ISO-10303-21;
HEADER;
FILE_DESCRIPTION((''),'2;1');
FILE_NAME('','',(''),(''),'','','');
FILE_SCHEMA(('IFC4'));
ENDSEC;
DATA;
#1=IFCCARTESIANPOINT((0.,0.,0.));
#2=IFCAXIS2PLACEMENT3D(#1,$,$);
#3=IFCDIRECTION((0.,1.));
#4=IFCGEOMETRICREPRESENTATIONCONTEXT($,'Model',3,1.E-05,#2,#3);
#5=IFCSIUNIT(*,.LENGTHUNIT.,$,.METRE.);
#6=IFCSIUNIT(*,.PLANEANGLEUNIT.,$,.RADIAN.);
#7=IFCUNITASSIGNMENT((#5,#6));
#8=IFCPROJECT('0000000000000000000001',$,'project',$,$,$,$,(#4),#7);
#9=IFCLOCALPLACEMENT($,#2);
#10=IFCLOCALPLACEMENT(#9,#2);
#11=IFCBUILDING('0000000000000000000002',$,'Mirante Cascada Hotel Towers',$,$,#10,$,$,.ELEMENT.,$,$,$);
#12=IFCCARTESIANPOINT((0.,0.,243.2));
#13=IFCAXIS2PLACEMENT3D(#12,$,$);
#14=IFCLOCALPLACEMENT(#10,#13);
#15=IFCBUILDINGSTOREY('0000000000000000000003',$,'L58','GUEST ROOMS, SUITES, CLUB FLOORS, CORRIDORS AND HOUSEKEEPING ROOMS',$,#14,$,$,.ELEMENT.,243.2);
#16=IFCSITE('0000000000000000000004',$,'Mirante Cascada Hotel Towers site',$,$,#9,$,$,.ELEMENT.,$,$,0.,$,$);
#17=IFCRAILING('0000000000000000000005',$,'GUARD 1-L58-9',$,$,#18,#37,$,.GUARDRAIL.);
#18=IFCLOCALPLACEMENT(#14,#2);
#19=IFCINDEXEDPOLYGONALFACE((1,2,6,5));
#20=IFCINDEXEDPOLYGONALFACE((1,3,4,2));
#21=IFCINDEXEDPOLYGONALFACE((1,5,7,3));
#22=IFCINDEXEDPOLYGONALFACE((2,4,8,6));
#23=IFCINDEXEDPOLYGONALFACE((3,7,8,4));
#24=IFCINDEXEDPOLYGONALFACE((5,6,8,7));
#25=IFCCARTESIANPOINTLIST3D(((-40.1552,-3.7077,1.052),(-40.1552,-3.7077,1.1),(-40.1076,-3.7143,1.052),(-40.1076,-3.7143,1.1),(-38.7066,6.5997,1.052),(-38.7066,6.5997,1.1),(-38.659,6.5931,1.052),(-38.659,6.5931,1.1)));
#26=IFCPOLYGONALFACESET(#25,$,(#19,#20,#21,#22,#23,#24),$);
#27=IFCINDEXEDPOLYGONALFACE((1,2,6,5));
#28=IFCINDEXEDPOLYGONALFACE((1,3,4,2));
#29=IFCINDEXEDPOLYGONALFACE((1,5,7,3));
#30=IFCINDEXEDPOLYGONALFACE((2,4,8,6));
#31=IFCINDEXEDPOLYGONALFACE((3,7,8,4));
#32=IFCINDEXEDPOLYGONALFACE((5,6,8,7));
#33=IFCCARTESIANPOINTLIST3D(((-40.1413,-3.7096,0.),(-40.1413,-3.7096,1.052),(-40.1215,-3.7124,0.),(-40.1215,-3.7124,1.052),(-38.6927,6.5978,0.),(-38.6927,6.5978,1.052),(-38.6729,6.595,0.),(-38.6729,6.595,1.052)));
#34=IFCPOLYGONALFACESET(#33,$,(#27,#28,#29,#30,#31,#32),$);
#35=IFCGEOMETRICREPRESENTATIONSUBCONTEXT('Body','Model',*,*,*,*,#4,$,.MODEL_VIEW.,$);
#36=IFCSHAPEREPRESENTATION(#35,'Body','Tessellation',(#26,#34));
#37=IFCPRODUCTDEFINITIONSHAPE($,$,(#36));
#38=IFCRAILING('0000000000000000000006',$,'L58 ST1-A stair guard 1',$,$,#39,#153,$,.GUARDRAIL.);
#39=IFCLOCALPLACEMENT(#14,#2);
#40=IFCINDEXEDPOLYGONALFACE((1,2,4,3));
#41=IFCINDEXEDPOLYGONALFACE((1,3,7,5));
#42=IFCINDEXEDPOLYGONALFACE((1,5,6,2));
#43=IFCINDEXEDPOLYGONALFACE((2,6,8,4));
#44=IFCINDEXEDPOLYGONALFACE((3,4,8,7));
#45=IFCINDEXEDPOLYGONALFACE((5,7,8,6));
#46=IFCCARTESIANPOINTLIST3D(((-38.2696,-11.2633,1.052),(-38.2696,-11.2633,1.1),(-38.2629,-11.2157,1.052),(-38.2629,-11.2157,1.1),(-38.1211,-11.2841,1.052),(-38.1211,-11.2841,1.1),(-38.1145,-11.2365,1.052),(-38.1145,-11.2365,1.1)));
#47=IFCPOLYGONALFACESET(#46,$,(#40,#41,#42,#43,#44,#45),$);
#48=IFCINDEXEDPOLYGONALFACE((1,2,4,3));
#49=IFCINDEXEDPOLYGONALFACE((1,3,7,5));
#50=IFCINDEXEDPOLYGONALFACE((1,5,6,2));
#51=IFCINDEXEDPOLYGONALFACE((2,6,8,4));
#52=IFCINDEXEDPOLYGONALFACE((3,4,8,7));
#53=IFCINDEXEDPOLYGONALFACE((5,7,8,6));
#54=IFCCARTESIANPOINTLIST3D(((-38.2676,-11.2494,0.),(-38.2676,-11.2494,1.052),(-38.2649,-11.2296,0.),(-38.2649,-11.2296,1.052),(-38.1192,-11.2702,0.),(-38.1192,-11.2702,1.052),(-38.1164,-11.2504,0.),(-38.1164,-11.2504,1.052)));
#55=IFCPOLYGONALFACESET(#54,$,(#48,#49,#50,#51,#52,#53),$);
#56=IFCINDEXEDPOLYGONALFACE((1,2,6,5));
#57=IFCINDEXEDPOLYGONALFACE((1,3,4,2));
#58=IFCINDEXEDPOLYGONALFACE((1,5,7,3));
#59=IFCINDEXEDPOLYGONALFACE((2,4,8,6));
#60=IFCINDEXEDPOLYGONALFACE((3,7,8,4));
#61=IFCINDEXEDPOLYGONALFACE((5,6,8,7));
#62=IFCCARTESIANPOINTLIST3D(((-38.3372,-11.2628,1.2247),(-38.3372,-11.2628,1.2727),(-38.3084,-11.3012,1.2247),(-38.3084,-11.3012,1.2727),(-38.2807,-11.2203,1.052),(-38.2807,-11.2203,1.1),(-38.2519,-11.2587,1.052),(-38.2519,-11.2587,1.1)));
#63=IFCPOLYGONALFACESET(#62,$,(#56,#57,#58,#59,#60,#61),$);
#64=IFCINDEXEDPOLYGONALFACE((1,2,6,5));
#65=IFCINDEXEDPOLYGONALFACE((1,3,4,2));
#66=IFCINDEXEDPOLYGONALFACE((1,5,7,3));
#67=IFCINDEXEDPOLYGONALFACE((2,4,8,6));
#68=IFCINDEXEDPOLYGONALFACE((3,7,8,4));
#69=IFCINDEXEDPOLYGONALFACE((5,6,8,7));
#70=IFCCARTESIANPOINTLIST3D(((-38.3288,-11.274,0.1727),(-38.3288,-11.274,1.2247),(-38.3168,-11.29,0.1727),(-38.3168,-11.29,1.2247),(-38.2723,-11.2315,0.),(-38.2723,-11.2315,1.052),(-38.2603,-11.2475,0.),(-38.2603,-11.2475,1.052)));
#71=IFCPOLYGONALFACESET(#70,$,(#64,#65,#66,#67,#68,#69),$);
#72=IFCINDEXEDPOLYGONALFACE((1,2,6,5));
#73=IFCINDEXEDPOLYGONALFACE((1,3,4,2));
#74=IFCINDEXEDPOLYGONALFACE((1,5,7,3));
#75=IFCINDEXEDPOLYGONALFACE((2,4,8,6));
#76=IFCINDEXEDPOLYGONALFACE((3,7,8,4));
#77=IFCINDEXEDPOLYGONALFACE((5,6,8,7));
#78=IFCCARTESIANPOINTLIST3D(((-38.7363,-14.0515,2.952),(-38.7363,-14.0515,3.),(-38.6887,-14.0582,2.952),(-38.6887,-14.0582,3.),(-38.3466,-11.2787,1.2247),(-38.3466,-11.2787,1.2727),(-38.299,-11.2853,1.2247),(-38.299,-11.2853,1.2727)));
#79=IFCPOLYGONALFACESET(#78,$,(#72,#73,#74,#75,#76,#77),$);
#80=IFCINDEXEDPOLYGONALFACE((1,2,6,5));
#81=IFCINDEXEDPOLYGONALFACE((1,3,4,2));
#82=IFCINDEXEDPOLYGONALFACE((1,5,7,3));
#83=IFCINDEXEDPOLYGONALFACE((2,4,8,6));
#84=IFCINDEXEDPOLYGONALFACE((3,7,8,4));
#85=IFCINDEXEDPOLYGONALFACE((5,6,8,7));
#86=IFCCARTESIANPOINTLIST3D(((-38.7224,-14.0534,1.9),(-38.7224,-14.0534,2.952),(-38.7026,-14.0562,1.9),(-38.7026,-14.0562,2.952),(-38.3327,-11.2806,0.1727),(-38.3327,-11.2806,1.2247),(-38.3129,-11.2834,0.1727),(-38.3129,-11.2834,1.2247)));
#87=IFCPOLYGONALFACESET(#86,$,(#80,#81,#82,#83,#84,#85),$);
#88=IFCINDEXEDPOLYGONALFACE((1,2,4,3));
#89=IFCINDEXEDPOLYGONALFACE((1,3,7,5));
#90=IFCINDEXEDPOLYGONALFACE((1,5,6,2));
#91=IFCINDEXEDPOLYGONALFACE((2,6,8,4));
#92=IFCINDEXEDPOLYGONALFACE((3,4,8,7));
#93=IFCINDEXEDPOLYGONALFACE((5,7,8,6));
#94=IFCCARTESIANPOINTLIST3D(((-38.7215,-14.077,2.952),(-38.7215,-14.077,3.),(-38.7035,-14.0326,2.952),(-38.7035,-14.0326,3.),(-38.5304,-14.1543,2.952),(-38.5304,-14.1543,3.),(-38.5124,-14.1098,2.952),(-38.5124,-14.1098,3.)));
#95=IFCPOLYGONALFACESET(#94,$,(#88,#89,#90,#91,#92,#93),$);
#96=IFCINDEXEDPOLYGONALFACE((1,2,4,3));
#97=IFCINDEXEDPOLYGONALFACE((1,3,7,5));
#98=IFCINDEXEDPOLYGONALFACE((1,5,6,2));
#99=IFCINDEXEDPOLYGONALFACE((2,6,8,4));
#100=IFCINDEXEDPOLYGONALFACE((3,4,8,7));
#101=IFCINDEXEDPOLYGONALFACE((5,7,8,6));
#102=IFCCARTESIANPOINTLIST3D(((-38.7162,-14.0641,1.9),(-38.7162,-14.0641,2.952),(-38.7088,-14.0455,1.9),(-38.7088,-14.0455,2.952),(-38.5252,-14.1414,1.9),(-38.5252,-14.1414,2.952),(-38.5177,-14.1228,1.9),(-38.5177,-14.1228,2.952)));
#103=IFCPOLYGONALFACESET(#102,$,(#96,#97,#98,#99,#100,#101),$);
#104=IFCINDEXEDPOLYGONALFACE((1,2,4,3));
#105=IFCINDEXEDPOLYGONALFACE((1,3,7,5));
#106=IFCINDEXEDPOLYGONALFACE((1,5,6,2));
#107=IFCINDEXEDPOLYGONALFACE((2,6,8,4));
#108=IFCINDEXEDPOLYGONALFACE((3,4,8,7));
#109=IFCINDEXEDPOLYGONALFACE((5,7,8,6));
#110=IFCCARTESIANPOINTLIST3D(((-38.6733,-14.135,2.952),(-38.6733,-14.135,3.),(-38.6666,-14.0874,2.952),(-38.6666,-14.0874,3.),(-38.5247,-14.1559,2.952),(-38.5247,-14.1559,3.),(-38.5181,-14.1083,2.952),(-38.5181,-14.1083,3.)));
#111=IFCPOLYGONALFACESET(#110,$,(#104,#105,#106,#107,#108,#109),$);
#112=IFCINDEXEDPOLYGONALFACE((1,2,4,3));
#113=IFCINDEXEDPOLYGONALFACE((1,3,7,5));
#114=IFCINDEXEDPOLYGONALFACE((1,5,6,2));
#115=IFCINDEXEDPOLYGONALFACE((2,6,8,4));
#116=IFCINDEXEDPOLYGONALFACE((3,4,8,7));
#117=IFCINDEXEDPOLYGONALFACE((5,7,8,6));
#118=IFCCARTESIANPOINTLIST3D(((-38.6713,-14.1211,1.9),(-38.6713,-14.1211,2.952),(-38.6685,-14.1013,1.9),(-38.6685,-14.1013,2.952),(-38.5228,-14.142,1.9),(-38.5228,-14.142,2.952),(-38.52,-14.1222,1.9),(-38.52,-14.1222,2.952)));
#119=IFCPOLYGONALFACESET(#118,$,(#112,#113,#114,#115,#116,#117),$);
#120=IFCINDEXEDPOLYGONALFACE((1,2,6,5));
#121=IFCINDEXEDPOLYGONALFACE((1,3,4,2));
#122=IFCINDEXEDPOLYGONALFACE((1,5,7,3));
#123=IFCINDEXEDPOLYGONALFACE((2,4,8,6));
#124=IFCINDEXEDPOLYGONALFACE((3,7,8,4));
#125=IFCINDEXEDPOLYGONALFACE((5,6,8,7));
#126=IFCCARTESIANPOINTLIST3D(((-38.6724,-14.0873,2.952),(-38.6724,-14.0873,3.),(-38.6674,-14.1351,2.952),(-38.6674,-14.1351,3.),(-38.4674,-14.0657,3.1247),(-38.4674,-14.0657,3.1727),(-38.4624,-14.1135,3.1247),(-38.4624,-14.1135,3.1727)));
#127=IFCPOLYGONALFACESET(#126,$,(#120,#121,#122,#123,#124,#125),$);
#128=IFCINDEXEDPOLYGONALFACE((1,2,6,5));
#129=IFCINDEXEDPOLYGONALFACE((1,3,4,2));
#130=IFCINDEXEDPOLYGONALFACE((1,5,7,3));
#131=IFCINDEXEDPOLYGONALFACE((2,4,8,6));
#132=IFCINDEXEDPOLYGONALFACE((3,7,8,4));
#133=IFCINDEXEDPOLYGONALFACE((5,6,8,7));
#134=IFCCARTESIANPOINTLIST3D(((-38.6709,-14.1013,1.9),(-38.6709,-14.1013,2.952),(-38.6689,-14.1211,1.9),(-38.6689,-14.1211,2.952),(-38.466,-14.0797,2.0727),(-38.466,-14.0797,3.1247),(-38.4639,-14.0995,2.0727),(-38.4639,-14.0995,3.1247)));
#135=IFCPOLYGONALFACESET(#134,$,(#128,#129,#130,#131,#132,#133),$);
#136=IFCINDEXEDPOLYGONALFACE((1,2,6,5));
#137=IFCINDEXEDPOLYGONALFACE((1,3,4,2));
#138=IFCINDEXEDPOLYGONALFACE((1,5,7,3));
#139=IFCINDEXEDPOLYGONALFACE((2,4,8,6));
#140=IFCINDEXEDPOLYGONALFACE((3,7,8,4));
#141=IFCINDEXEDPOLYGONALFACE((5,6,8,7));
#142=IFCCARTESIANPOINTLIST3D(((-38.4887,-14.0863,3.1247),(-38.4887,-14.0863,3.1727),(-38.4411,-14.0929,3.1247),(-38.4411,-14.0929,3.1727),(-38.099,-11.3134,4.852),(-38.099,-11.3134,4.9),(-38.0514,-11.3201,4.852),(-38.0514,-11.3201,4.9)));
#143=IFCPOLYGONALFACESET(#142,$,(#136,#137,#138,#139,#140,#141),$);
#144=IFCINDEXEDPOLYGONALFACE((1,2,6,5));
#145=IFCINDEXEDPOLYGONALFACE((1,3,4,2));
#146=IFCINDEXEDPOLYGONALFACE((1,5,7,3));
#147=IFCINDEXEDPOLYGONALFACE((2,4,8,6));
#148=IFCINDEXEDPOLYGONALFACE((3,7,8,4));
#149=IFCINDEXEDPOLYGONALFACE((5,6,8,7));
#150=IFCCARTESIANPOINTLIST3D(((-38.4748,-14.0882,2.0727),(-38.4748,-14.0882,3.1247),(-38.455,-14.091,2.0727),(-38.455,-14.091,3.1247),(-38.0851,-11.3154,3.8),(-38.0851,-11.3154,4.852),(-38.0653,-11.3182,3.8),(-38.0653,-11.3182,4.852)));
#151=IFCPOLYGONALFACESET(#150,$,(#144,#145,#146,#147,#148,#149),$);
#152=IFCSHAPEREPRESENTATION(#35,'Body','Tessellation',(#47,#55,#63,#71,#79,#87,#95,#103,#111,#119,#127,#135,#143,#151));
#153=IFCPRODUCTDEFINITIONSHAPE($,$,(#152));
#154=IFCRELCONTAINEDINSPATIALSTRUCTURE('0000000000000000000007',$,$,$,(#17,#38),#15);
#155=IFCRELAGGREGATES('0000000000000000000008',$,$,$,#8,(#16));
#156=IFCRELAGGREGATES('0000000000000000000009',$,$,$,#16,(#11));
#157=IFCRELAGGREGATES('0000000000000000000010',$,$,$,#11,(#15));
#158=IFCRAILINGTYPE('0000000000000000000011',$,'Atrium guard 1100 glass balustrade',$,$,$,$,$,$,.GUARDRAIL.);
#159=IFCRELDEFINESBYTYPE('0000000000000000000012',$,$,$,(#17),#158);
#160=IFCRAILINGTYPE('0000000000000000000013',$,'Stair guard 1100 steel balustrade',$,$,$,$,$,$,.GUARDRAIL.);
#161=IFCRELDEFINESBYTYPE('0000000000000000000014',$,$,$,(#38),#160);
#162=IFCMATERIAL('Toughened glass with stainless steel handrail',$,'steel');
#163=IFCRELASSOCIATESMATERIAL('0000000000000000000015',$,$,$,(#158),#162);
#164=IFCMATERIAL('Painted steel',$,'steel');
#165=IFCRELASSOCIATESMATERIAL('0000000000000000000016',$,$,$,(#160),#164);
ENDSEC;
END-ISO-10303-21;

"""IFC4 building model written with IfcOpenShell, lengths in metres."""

from ifc_helpers import new_model, si_unit, direction, frame, origin, origin_2d, place, context, subcontext, project, spatial, rectangle, extrude, material, type_object, element, save


model = new_model("IFC4")

# Units and contexts
model_context = context("Model", 3, precision=1e-05, world=origin(), true_north=direction((0.0, 1.0)))
body_context = subcontext(model_context, "Body", "Model", "MODEL_VIEW")
ifc_project = project(units=[si_unit("LENGTHUNIT", "METRE"), si_unit("PLANEANGLEUNIT", "RADIAN")], contexts=[model_context])

# Site, building, storey
site_placement = place(None, origin())
site = spatial("IfcSite", under=ifc_project, at=site_placement, Name="Mirante Cascada Hotel Towers site", CompositionType="ELEMENT", RefElevation=0.0)
building_placement = place(site_placement, origin())
building = spatial("IfcBuilding", under=site, at=building_placement, Name="Mirante Cascada Hotel Towers", CompositionType="ELEMENT")
storey_placement = place(building_placement, frame((0.0, 0.0, 243.2)))
storey = spatial("IfcBuildingStorey", under=building, at=storey_placement, Name="L58", Description="GUEST ROOMS, SUITES, CLUB FLOORS, CORRIDORS AND HOUSEKEEPING ROOMS", CompositionType="ELEMENT", Elevation=243.2)

# Railings
ifc_material_1 = material(Name="Toughened glass with stainless steel handrail", Category="steel")
railing_type_1 = type_object("IfcRailingType", Name="Atrium guard 1100 glass balustrade", PredefinedType="GUARDRAIL", material=ifc_material_1)
railing_1_placement = place(storey_placement, frame((-40.1314, -3.711, 0.0)))
element("IfcRailing", 1, at=railing_1_placement, inside=storey, type_object=railing_type_1, Name="GUARD 1-L58-9", PredefinedType="GUARDRAIL", context=body_context, shape_type="SweptSolid", body=[
    extrude(rectangle(XDim=0.048, YDim=0.048, at=origin_2d()), frame((0.0, 0.0, 1.076), z_axis=(0.139172, 0.990268, 0.0), x_axis=(-0.990268, 0.139172, 0.0)), (0.0, 0.0, 1.0), 10.4087),
    extrude(rectangle(XDim=0.02, YDim=1.052, at=origin_2d()), frame((0.0, 0.0, 0.526), z_axis=(0.139172, 0.990268, 0.0), x_axis=(-0.990268, 0.139172, 0.0)), (0.0, 0.0, 1.0), 10.4087),
])
ifc_material_2 = material(Name="Painted steel", Category="steel")
railing_type_2 = type_object("IfcRailingType", Name="Stair guard 1100 steel balustrade", PredefinedType="GUARDRAIL", material=ifc_material_2)
railing_2_placement = place(storey_placement, frame((-38.1178, -11.2603, 0.0)))
element("IfcRailing", 2, at=railing_2_placement, inside=storey, type_object=railing_type_2, Name="L58 ST1-A stair guard 1", PredefinedType="GUARDRAIL", context=body_context, shape_type="SweptSolid", body=[
    extrude(rectangle(XDim=0.048, YDim=0.048, at=origin_2d()), frame((0.0, 0.0, 1.076), z_axis=(-0.990333, 0.138713, 0.0), x_axis=(-0.138713, -0.990333, 0.0)), (0.0, 0.0, 1.0), 0.1499),
    extrude(rectangle(XDim=0.02, YDim=1.052, at=origin_2d()), frame((0.0, 0.0, 0.526), z_axis=(-0.990333, 0.138713, 0.0), x_axis=(-0.138713, -0.990333, 0.0)), (0.0, 0.0, 1.0), 0.1499),
    extrude(rectangle(XDim=0.048, YDim=0.048, at=origin_2d()), frame((-0.1485, 0.0208, 1.076), z_axis=(-0.79915, -0.601131, 0.0), x_axis=(0.601131, -0.79915, 0.0)), (0.0, 0.925453, 0.378863), 0.1866),
    extrude(rectangle(XDim=0.02, YDim=1.052, at=origin_2d()), frame((-0.1485, 0.0208, 0.526), z_axis=(-0.79915, -0.601131, 0.0), x_axis=(0.601131, -0.79915, 0.0)), (0.0, 0.925453, 0.378863), 0.1866),
    extrude(rectangle(XDim=0.048, YDim=0.048, at=origin_2d()), frame((-0.205, -0.0217, 1.2487), z_axis=(-0.139176, -0.990268, 0.0), x_axis=(0.990268, -0.139176, 0.0)), (0.0, 0.525021, 0.851089), 3.29),
    extrude(rectangle(XDim=0.02, YDim=1.052, at=origin_2d()), frame((-0.205, -0.0217, 0.6987), z_axis=(-0.139176, -0.990268, 0.0), x_axis=(0.990268, -0.139176, 0.0)), (0.0, 0.525021, 0.851089), 3.29),
    extrude(rectangle(XDim=0.048, YDim=0.048, at=origin_2d()), frame((-0.5947, -2.7945, 2.976), z_axis=(0.927031, -0.374984, 0.0), x_axis=(0.374984, 0.927031, 0.0)), (0.0, 0.0, 1.0), 0.2061),
    extrude(rectangle(XDim=0.02, YDim=1.052, at=origin_2d()), frame((-0.5947, -2.7945, 2.426), z_axis=(0.927031, -0.374984, 0.0), x_axis=(0.374984, 0.927031, 0.0)), (0.0, 0.0, 1.0), 0.2061),
    extrude(rectangle(XDim=0.048, YDim=0.048, at=origin_2d()), frame((-0.4036, -2.8718, 2.976), z_axis=(-0.990241, 0.139367, 0.0), x_axis=(-0.139367, -0.990241, 0.0)), (0.0, 0.0, 1.0), 0.15),
    extrude(rectangle(XDim=0.02, YDim=1.052, at=origin_2d()), frame((-0.4036, -2.8718, 2.426), z_axis=(-0.990241, 0.139367, 0.0), x_axis=(-0.139367, -0.990241, 0.0)), (0.0, 0.0, 1.0), 0.15),
    extrude(rectangle(XDim=0.048, YDim=0.048, at=origin_2d()), frame((-0.5521, -2.8509, 2.976), z_axis=(0.994495, 0.104786, 0.0), x_axis=(-0.104786, 0.994495, 0.0)), (0.0, 0.642203, 0.766534), 0.2689),
    extrude(rectangle(XDim=0.02, YDim=1.052, at=origin_2d()), frame((-0.5521, -2.8509, 2.426), z_axis=(0.994495, 0.104786, 0.0), x_axis=(-0.104786, 0.994495, 0.0)), (0.0, 0.642203, 0.766534), 0.2689),
    extrude(rectangle(XDim=0.048, YDim=0.048, at=origin_2d()), frame((-0.3471, -2.8293, 3.1487), z_axis=(0.139176, 0.990268, 0.0), x_axis=(-0.990268, 0.139176, 0.0)), (0.0, 0.525021, 0.851089), 3.29),
    extrude(rectangle(XDim=0.02, YDim=1.052, at=origin_2d()), frame((-0.3471, -2.8293, 2.5987), z_axis=(0.139176, 0.990268, 0.0), x_axis=(-0.990268, 0.139176, 0.0)), (0.0, 0.525021, 0.851089), 3.29),
])

save(model, "model.ifc")
